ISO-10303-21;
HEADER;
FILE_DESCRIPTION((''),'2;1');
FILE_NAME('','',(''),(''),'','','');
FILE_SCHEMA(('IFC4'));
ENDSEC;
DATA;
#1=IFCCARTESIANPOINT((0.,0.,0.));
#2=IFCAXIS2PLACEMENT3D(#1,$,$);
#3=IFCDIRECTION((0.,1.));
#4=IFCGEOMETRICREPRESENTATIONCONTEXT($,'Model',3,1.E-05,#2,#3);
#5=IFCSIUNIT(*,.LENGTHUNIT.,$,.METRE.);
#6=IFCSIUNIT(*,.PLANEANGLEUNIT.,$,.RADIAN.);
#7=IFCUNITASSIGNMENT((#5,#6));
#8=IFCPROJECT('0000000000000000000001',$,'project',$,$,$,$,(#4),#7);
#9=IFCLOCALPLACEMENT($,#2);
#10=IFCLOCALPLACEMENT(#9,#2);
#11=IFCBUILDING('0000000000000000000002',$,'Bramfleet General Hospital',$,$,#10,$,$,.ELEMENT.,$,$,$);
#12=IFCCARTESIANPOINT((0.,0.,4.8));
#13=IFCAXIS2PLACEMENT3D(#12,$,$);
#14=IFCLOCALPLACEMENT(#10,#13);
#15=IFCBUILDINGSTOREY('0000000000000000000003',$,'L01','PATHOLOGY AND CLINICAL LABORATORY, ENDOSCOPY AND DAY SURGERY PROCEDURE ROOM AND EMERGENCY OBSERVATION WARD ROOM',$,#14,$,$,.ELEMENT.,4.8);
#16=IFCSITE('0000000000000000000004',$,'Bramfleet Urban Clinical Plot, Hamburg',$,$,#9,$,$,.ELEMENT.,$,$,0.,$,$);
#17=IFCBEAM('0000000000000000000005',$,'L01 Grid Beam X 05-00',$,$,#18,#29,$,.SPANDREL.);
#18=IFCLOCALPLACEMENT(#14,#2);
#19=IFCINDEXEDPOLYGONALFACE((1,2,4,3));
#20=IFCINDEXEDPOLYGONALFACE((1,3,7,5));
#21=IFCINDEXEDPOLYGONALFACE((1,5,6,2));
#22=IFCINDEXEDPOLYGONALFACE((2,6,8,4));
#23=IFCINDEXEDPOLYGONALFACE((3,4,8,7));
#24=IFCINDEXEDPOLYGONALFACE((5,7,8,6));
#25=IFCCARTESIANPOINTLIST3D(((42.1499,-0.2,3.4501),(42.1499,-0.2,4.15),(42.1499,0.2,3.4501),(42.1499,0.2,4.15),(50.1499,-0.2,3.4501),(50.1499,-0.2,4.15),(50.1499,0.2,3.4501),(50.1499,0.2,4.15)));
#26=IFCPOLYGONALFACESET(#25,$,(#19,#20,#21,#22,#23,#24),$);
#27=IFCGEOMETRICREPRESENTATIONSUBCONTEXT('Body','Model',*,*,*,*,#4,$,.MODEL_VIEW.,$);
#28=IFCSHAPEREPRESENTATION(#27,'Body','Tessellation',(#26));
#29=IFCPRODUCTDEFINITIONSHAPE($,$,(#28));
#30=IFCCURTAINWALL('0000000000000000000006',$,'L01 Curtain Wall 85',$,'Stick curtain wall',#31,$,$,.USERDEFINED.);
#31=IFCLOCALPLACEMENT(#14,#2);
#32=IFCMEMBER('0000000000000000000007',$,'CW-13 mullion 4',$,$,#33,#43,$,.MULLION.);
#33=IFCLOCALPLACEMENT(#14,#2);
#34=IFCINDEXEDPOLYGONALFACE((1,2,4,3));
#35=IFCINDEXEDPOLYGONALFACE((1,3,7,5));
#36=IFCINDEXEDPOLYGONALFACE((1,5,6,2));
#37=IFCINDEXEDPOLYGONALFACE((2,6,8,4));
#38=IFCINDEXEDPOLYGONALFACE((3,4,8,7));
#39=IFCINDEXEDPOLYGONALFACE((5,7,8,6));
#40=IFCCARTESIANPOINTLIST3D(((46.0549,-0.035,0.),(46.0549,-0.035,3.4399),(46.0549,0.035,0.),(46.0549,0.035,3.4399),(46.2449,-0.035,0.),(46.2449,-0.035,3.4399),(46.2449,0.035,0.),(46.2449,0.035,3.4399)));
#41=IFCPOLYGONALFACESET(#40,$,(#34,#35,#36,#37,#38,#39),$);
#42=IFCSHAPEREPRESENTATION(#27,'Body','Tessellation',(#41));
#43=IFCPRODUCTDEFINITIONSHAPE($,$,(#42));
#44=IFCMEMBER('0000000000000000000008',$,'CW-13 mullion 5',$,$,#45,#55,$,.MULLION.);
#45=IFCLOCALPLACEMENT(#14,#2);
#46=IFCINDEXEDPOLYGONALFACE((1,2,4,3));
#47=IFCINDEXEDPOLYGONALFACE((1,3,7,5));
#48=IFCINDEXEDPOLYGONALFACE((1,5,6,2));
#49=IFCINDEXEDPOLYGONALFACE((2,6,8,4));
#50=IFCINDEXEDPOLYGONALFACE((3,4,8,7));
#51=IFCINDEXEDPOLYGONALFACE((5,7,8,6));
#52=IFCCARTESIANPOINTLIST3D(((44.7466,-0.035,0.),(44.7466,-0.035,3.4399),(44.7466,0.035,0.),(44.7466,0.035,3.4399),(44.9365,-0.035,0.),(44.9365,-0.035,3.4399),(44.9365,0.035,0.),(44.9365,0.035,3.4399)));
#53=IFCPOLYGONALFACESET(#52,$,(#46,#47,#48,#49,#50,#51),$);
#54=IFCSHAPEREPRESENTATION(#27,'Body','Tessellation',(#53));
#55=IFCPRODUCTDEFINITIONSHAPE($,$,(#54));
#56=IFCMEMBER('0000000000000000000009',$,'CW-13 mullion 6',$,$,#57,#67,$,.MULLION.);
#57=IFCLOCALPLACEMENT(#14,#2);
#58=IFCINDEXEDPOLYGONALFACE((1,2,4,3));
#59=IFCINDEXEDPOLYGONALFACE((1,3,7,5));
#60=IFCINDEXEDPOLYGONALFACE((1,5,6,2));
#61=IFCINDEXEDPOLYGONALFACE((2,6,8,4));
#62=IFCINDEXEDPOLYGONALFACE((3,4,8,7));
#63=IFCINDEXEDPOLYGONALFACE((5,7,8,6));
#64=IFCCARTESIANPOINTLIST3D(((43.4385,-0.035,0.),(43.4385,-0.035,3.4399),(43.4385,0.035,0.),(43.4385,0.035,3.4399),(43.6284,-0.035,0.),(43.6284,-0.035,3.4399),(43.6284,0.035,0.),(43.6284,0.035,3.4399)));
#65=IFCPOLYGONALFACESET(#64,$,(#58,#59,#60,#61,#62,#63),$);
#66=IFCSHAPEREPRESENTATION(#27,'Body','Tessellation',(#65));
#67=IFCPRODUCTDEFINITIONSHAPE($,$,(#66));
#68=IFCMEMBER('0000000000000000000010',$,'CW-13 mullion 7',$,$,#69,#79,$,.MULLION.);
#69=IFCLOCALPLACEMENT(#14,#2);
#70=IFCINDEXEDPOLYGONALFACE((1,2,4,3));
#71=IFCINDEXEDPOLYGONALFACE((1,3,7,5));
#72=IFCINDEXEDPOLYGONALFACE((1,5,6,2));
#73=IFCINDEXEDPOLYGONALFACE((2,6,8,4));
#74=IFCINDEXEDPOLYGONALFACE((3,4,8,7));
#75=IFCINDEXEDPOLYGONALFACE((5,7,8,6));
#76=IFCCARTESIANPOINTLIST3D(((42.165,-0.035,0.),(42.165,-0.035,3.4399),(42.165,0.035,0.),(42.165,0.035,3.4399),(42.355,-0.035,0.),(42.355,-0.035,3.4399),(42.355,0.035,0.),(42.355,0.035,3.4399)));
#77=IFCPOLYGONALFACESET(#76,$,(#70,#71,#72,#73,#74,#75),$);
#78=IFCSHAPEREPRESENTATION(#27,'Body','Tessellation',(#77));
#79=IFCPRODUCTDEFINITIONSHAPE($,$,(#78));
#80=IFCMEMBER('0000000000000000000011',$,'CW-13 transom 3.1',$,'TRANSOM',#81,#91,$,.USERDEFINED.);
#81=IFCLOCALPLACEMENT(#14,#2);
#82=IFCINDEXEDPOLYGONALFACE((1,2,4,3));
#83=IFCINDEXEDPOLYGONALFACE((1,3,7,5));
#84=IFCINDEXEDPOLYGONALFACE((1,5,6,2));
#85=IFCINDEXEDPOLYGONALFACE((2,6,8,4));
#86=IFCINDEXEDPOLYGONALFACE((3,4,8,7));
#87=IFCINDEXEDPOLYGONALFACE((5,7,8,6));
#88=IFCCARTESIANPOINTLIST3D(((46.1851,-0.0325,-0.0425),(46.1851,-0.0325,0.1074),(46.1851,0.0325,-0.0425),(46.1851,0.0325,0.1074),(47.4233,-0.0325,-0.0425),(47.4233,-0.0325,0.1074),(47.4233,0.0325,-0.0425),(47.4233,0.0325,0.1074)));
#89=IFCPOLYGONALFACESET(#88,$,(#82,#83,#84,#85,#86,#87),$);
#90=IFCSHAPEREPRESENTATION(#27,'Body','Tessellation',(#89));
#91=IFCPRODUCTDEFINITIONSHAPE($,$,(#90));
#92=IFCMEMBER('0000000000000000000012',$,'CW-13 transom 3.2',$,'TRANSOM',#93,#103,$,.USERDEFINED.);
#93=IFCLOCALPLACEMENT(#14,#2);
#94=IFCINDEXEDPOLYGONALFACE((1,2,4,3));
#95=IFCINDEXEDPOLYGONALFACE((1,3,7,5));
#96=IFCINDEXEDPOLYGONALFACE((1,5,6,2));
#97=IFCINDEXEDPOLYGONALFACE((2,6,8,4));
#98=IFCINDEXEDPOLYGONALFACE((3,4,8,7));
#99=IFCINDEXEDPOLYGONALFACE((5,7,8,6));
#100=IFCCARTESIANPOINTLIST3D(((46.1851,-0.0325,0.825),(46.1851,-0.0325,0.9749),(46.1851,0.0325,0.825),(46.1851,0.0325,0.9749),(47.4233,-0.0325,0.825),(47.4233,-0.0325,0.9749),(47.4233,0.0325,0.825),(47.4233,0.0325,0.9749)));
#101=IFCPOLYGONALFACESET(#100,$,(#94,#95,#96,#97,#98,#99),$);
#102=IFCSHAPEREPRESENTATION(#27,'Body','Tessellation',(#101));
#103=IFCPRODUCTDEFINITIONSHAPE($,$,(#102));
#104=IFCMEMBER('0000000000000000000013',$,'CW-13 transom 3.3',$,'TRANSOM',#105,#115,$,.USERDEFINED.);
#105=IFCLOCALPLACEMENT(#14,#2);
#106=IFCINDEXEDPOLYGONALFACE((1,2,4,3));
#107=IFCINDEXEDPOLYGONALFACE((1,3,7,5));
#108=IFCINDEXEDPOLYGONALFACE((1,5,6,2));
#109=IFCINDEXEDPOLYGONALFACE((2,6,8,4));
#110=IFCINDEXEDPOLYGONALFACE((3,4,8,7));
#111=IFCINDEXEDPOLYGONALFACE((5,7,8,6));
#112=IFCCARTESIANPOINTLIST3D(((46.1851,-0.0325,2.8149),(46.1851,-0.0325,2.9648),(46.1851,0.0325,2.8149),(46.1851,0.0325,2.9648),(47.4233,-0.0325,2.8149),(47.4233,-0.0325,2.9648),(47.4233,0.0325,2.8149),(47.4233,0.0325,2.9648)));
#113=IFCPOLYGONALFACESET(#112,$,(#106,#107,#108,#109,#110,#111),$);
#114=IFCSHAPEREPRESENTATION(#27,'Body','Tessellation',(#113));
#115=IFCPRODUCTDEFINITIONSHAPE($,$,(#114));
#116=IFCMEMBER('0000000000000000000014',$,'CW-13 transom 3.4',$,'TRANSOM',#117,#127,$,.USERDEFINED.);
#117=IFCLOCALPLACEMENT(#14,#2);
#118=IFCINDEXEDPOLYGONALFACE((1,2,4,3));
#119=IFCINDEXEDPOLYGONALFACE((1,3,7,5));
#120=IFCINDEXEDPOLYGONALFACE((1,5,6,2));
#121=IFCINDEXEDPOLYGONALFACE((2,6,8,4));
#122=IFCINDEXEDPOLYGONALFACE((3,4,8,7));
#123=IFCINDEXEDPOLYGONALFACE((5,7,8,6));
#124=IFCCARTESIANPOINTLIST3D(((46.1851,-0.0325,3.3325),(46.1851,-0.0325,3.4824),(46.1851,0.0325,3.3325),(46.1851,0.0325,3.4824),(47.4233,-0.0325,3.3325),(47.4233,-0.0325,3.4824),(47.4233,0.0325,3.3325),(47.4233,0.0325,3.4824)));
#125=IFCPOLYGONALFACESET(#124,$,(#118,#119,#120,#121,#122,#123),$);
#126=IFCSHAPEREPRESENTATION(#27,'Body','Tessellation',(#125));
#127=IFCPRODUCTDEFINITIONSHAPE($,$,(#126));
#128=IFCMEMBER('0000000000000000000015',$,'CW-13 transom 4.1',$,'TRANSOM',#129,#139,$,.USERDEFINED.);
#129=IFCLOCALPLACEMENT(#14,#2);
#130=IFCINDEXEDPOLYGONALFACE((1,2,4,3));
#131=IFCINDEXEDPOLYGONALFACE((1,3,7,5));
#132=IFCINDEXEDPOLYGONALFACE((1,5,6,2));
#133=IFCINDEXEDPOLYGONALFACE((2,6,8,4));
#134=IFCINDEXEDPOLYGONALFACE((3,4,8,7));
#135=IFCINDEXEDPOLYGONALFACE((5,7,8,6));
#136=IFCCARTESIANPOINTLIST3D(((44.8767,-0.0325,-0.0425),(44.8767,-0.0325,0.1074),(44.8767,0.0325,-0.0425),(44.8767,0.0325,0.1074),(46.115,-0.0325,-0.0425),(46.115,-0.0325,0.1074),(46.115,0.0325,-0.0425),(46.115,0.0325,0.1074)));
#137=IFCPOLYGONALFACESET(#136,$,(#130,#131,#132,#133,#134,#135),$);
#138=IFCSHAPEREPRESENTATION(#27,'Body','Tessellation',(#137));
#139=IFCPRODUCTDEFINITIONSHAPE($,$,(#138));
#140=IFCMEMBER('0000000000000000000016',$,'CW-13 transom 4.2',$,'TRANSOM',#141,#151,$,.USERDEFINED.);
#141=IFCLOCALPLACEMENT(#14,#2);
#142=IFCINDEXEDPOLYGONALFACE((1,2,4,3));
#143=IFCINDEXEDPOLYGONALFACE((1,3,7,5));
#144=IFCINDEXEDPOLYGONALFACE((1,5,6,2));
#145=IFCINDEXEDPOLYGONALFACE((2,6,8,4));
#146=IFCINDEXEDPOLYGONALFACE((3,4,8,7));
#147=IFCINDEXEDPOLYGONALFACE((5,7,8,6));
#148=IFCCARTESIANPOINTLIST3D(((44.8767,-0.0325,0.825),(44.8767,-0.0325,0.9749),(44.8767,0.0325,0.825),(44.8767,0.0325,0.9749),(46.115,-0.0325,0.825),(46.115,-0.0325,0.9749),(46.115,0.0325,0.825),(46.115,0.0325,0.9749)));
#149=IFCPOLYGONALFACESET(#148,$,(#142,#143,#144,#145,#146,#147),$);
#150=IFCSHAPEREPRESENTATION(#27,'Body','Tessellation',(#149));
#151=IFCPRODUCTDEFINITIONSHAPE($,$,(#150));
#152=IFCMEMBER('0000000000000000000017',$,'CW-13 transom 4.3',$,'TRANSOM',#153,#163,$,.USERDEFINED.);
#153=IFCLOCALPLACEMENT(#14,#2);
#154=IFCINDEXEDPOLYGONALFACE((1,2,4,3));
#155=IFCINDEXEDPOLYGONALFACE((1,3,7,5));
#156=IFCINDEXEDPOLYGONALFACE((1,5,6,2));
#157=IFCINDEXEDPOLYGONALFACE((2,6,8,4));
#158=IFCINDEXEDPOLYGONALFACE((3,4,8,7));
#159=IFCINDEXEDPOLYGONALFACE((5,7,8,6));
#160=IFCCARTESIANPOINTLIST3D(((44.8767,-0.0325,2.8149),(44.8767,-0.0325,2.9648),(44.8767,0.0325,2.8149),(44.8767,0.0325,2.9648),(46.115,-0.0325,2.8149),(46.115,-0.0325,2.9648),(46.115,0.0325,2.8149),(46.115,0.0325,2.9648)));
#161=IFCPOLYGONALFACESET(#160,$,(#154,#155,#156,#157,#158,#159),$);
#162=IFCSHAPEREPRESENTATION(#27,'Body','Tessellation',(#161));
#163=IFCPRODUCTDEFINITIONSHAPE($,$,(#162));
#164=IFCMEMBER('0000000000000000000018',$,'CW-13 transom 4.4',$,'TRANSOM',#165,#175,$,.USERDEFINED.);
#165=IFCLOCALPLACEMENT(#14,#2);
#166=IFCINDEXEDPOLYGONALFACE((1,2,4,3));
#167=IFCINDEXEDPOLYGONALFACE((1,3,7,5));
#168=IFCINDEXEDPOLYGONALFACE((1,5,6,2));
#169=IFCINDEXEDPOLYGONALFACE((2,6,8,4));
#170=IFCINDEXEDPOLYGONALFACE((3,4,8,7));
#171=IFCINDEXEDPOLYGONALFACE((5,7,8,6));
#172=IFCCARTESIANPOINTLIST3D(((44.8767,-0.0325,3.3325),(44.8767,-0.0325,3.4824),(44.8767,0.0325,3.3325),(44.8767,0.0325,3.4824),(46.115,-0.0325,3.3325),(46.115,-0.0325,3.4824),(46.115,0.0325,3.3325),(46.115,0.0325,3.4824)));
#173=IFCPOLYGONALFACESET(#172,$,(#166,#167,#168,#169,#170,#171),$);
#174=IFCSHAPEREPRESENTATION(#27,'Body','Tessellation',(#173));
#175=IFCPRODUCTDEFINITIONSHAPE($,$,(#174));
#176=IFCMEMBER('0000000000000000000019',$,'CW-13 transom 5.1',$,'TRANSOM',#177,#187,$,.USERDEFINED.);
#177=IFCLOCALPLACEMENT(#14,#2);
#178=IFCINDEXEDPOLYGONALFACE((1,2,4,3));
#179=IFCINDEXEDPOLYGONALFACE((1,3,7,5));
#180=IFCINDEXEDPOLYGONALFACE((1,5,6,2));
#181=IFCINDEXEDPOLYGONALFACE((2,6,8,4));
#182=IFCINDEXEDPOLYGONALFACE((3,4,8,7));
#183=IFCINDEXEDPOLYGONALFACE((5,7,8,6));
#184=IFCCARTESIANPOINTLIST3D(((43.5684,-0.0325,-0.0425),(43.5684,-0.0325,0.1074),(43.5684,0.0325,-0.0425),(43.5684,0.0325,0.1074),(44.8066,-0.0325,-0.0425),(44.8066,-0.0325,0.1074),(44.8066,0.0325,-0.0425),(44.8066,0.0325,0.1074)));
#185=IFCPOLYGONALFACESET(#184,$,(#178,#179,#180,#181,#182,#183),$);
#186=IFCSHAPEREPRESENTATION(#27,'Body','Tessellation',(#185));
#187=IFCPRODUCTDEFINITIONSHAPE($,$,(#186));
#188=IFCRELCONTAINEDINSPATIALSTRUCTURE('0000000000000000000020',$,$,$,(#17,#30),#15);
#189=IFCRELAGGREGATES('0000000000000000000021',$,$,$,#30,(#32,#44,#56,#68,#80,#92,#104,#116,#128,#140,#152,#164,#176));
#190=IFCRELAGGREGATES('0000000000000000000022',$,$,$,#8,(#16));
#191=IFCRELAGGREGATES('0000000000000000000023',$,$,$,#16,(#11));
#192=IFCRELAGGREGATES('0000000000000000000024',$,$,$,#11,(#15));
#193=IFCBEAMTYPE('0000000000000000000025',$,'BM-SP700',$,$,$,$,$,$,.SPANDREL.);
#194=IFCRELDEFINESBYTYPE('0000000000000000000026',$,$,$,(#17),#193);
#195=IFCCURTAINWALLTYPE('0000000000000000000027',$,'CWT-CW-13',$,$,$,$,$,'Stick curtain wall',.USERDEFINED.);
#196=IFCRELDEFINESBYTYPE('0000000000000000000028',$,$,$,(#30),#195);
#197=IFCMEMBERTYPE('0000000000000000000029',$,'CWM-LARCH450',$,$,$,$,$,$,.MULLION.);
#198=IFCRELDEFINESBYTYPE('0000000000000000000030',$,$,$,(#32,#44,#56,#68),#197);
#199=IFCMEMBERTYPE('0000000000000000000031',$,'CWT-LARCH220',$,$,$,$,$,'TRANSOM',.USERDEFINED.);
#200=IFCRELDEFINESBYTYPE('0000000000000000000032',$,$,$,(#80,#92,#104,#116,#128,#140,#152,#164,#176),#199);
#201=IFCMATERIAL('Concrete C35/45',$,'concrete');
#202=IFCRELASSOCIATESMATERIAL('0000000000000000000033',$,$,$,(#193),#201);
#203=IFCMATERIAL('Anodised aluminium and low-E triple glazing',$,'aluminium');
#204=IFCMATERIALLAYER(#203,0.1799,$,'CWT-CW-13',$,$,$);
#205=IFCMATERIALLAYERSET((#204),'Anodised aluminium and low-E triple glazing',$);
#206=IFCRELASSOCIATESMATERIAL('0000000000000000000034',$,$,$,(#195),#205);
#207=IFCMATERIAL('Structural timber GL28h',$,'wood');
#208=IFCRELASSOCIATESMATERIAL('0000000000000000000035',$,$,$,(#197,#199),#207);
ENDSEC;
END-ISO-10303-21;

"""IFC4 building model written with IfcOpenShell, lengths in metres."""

from ifc_helpers import new_model, si_unit, direction, frame, origin, origin_2d, place, context, subcontext, project, spatial, rectangle, extrude, material, layer, layer_set, material_profile, profile_set, type_object, element, aggregate, save


model = new_model("IFC4")

# Units and contexts
model_context = context("Model", 3, precision=1e-05, world=origin(), true_north=direction((0.0, 1.0)))
body_context = subcontext(model_context, "Body", "Model", "MODEL_VIEW")
ifc_project = project(units=[si_unit("LENGTHUNIT", "METRE"), si_unit("PLANEANGLEUNIT", "RADIAN")], contexts=[model_context])

# Site, building, storey
site_placement = place(None, origin())
site = spatial("IfcSite", under=ifc_project, at=site_placement, Name="Bramfleet Urban Clinical Plot, Hamburg", CompositionType="ELEMENT", RefElevation=0.0)
building_placement = place(site_placement, origin())
building = spatial("IfcBuilding", under=site, at=building_placement, Name="Bramfleet General Hospital", CompositionType="ELEMENT")
storey_placement = place(building_placement, frame((0.0, 0.0, 4.8)))
storey = spatial("IfcBuildingStorey", under=building, at=storey_placement, Name="L01", Description="PATHOLOGY AND CLINICAL LABORATORY, ENDOSCOPY AND DAY SURGERY PROCEDURE ROOM AND EMERGENCY OBSERVATION WARD ROOM", CompositionType="ELEMENT", Elevation=4.8)

# Beam
ifc_material_1 = material(Name="Concrete C35/45", Category="concrete")
ifc_material_profile_1 = material_profile(ifc_material_1, rectangle(XDim=0.3999, YDim=0.7, at=origin_2d()), Name="RC SP 700x400")
ifc_profile_set_1 = profile_set([ifc_material_profile_1], Name="Concrete C35/45")
beam_type = type_object("IfcBeamType", Name="BM-SP700", PredefinedType="SPANDREL", material=ifc_profile_set_1)
beam_placement = place(storey_placement, frame((42.1499, 0.0, 3.8), z_axis=(1.0, 0.0, 0.0), x_axis=(0.0, 1.0, 0.0)))
element("IfcBeam", 1, at=beam_placement, inside=storey, type_object=beam_type, Name="L01 Grid Beam X 05-00", PredefinedType="SPANDREL", context=body_context, shape_type="SweptSolid", body=[
    extrude(rectangle(XDim=0.3999, YDim=0.7, at=origin_2d()), origin(), (0.0, 0.0, 1.0), 8.0),
])

# Curtain wall, members
ifc_material_2 = material(Name="Anodised aluminium and low-E triple glazing", Category="aluminium")
ifc_layer_1 = layer(ifc_material_2, 0.1799, Name="CWT-CW-13")
ifc_layer_set_1 = layer_set([ifc_layer_1], Name="Anodised aluminium and low-E triple glazing")
curtain_wall_type = type_object("IfcCurtainWallType", Name="CWT-CW-13", ElementType="Stick curtain wall", PredefinedType="USERDEFINED", material=ifc_layer_set_1)
curtain_wall_placement = place(storey_placement, origin())
curtain_wall = element("IfcCurtainWall", 2, at=curtain_wall_placement, inside=storey, type_object=curtain_wall_type, Name="L01 Curtain Wall 85", ObjectType="Stick curtain wall", PredefinedType="USERDEFINED")
ifc_material_3 = material(Name="Structural timber GL28h", Category="wood")
ifc_material_profile_2 = material_profile(ifc_material_3, rectangle(XDim=0.0701, YDim=0.1899, at=origin_2d()), Name="LARCH 190x70")
ifc_profile_set_2 = profile_set([ifc_material_profile_2], Name="Structural timber GL28h")
member_type_1 = type_object("IfcMemberType", Name="CWM-LARCH450", PredefinedType="MULLION", material=ifc_profile_set_2)
member_1_placement = place(storey_placement, frame((46.1499, 0.0, 0.0), z_axis=(0.0, 0.0, 1.0), x_axis=(0.0, -1.0, 0.0)))
member_1 = element("IfcMember", 3, at=member_1_placement, type_object=member_type_1, Name="CW-13 mullion 4", PredefinedType="MULLION", context=body_context, shape_type="SweptSolid", body=[
    extrude(rectangle(XDim=0.0701, YDim=0.1899, at=origin_2d()), origin(), (0.0, 0.0, 1.0), 3.4399),
])
member_2_placement = place(storey_placement, frame((44.8416, 0.0, 0.0), z_axis=(0.0, 0.0, 1.0), x_axis=(0.0, -1.0, 0.0)))
member_2 = element("IfcMember", 4, at=member_2_placement, type_object=member_type_1, Name="CW-13 mullion 5", PredefinedType="MULLION", context=body_context, shape_type="SweptSolid", body=[
    extrude(rectangle(XDim=0.0701, YDim=0.1899, at=origin_2d()), origin(), (0.0, 0.0, 1.0), 3.4399),
])
member_3_placement = place(storey_placement, frame((43.5334, 0.0, 0.0), z_axis=(0.0, 0.0, 1.0), x_axis=(0.0, -1.0, 0.0)))
member_3 = element("IfcMember", 5, at=member_3_placement, type_object=member_type_1, Name="CW-13 mullion 6", PredefinedType="MULLION", context=body_context, shape_type="SweptSolid", body=[
    extrude(rectangle(XDim=0.0701, YDim=0.1899, at=origin_2d()), origin(), (0.0, 0.0, 1.0), 3.4399),
])
member_4_placement = place(storey_placement, frame((42.26, 0.0, 0.0), z_axis=(0.0, 0.0, 1.0), x_axis=(0.0, -1.0, 0.0)))
member_4 = element("IfcMember", 6, at=member_4_placement, type_object=member_type_1, Name="CW-13 mullion 7", PredefinedType="MULLION", context=body_context, shape_type="SweptSolid", body=[
    extrude(rectangle(XDim=0.0701, YDim=0.1899, at=origin_2d()), origin(), (0.0, 0.0, 1.0), 3.4399),
])
ifc_material_profile_3 = material_profile(ifc_material_3, rectangle(XDim=0.0649, YDim=0.1499, at=origin_2d()), Name="LARCH 150x65")
ifc_profile_set_3 = profile_set([ifc_material_profile_3], Name="Structural timber GL28h")
member_type_2 = type_object("IfcMemberType", Name="CWT-LARCH220", ElementType="TRANSOM", PredefinedType="USERDEFINED", material=ifc_profile_set_3)
member_5_placement = place(storey_placement, frame((47.4233, 0.0, 0.0325), z_axis=(-1.0, 0.0, 0.0), x_axis=(0.0, -1.0, 0.0)))
member_5 = element("IfcMember", 7, at=member_5_placement, type_object=member_type_2, Name="CW-13 transom 3.1", ObjectType="TRANSOM", PredefinedType="USERDEFINED", context=body_context, shape_type="SweptSolid", body=[
    extrude(rectangle(XDim=0.0649, YDim=0.1499, at=origin_2d()), origin(), (0.0, 0.0, 1.0), 1.2383),
])
member_6_placement = place(storey_placement, frame((47.4233, 0.0, 0.8999), z_axis=(-1.0, 0.0, 0.0), x_axis=(0.0, -1.0, 0.0)))
member_6 = element("IfcMember", 8, at=member_6_placement, type_object=member_type_2, Name="CW-13 transom 3.2", ObjectType="TRANSOM", PredefinedType="USERDEFINED", context=body_context, shape_type="SweptSolid", body=[
    extrude(rectangle(XDim=0.0649, YDim=0.1499, at=origin_2d()), origin(), (0.0, 0.0, 1.0), 1.2383),
])
member_7_placement = place(storey_placement, frame((47.4233, 0.0, 2.8899), z_axis=(-1.0, 0.0, 0.0), x_axis=(0.0, -1.0, 0.0)))
member_7 = element("IfcMember", 9, at=member_7_placement, type_object=member_type_2, Name="CW-13 transom 3.3", ObjectType="TRANSOM", PredefinedType="USERDEFINED", context=body_context, shape_type="SweptSolid", body=[
    extrude(rectangle(XDim=0.0649, YDim=0.1499, at=origin_2d()), origin(), (0.0, 0.0, 1.0), 1.2383),
])
member_8_placement = place(storey_placement, frame((47.4233, 0.0, 3.4075), z_axis=(-1.0, 0.0, 0.0), x_axis=(0.0, -1.0, 0.0)))
member_8 = element("IfcMember", 10, at=member_8_placement, type_object=member_type_2, Name="CW-13 transom 3.4", ObjectType="TRANSOM", PredefinedType="USERDEFINED", context=body_context, shape_type="SweptSolid", body=[
    extrude(rectangle(XDim=0.0649, YDim=0.1499, at=origin_2d()), origin(), (0.0, 0.0, 1.0), 1.2383),
])
member_9_placement = place(storey_placement, frame((46.115, 0.0, 0.0325), z_axis=(-1.0, 0.0, 0.0), x_axis=(0.0, -1.0, 0.0)))
member_9 = element("IfcMember", 11, at=member_9_placement, type_object=member_type_2, Name="CW-13 transom 4.1", ObjectType="TRANSOM", PredefinedType="USERDEFINED", context=body_context, shape_type="SweptSolid", body=[
    extrude(rectangle(XDim=0.0649, YDim=0.1499, at=origin_2d()), origin(), (0.0, 0.0, 1.0), 1.2383),
])
member_10_placement = place(storey_placement, frame((46.115, 0.0, 0.8999), z_axis=(-1.0, 0.0, 0.0), x_axis=(0.0, -1.0, 0.0)))
member_10 = element("IfcMember", 12, at=member_10_placement, type_object=member_type_2, Name="CW-13 transom 4.2", ObjectType="TRANSOM", PredefinedType="USERDEFINED", context=body_context, shape_type="SweptSolid", body=[
    extrude(rectangle(XDim=0.0649, YDim=0.1499, at=origin_2d()), origin(), (0.0, 0.0, 1.0), 1.2383),
])
member_11_placement = place(storey_placement, frame((46.115, 0.0, 2.8899), z_axis=(-1.0, 0.0, 0.0), x_axis=(0.0, -1.0, 0.0)))
member_11 = element("IfcMember", 13, at=member_11_placement, type_object=member_type_2, Name="CW-13 transom 4.3", ObjectType="TRANSOM", PredefinedType="USERDEFINED", context=body_context, shape_type="SweptSolid", body=[
    extrude(rectangle(XDim=0.0649, YDim=0.1499, at=origin_2d()), origin(), (0.0, 0.0, 1.0), 1.2383),
])
member_12_placement = place(storey_placement, frame((46.115, 0.0, 3.4075), z_axis=(-1.0, 0.0, 0.0), x_axis=(0.0, -1.0, 0.0)))
member_12 = element("IfcMember", 14, at=member_12_placement, type_object=member_type_2, Name="CW-13 transom 4.4", ObjectType="TRANSOM", PredefinedType="USERDEFINED", context=body_context, shape_type="SweptSolid", body=[
    extrude(rectangle(XDim=0.0649, YDim=0.1499, at=origin_2d()), origin(), (0.0, 0.0, 1.0), 1.2383),
])
member_13_placement = place(storey_placement, frame((44.8066, 0.0, 0.0325), z_axis=(-1.0, 0.0, 0.0), x_axis=(0.0, -1.0, 0.0)))
member_13 = element("IfcMember", 15, at=member_13_placement, type_object=member_type_2, Name="CW-13 transom 5.1", ObjectType="TRANSOM", PredefinedType="USERDEFINED", context=body_context, shape_type="SweptSolid", body=[
    extrude(rectangle(XDim=0.0649, YDim=0.1499, at=origin_2d()), origin(), (0.0, 0.0, 1.0), 1.2383),
])
aggregate(curtain_wall, [member_1, member_2, member_3, member_4, member_5, member_6, member_7, member_8, member_9, member_10, member_11, member_12, member_13])

save(model, "model.ifc")
